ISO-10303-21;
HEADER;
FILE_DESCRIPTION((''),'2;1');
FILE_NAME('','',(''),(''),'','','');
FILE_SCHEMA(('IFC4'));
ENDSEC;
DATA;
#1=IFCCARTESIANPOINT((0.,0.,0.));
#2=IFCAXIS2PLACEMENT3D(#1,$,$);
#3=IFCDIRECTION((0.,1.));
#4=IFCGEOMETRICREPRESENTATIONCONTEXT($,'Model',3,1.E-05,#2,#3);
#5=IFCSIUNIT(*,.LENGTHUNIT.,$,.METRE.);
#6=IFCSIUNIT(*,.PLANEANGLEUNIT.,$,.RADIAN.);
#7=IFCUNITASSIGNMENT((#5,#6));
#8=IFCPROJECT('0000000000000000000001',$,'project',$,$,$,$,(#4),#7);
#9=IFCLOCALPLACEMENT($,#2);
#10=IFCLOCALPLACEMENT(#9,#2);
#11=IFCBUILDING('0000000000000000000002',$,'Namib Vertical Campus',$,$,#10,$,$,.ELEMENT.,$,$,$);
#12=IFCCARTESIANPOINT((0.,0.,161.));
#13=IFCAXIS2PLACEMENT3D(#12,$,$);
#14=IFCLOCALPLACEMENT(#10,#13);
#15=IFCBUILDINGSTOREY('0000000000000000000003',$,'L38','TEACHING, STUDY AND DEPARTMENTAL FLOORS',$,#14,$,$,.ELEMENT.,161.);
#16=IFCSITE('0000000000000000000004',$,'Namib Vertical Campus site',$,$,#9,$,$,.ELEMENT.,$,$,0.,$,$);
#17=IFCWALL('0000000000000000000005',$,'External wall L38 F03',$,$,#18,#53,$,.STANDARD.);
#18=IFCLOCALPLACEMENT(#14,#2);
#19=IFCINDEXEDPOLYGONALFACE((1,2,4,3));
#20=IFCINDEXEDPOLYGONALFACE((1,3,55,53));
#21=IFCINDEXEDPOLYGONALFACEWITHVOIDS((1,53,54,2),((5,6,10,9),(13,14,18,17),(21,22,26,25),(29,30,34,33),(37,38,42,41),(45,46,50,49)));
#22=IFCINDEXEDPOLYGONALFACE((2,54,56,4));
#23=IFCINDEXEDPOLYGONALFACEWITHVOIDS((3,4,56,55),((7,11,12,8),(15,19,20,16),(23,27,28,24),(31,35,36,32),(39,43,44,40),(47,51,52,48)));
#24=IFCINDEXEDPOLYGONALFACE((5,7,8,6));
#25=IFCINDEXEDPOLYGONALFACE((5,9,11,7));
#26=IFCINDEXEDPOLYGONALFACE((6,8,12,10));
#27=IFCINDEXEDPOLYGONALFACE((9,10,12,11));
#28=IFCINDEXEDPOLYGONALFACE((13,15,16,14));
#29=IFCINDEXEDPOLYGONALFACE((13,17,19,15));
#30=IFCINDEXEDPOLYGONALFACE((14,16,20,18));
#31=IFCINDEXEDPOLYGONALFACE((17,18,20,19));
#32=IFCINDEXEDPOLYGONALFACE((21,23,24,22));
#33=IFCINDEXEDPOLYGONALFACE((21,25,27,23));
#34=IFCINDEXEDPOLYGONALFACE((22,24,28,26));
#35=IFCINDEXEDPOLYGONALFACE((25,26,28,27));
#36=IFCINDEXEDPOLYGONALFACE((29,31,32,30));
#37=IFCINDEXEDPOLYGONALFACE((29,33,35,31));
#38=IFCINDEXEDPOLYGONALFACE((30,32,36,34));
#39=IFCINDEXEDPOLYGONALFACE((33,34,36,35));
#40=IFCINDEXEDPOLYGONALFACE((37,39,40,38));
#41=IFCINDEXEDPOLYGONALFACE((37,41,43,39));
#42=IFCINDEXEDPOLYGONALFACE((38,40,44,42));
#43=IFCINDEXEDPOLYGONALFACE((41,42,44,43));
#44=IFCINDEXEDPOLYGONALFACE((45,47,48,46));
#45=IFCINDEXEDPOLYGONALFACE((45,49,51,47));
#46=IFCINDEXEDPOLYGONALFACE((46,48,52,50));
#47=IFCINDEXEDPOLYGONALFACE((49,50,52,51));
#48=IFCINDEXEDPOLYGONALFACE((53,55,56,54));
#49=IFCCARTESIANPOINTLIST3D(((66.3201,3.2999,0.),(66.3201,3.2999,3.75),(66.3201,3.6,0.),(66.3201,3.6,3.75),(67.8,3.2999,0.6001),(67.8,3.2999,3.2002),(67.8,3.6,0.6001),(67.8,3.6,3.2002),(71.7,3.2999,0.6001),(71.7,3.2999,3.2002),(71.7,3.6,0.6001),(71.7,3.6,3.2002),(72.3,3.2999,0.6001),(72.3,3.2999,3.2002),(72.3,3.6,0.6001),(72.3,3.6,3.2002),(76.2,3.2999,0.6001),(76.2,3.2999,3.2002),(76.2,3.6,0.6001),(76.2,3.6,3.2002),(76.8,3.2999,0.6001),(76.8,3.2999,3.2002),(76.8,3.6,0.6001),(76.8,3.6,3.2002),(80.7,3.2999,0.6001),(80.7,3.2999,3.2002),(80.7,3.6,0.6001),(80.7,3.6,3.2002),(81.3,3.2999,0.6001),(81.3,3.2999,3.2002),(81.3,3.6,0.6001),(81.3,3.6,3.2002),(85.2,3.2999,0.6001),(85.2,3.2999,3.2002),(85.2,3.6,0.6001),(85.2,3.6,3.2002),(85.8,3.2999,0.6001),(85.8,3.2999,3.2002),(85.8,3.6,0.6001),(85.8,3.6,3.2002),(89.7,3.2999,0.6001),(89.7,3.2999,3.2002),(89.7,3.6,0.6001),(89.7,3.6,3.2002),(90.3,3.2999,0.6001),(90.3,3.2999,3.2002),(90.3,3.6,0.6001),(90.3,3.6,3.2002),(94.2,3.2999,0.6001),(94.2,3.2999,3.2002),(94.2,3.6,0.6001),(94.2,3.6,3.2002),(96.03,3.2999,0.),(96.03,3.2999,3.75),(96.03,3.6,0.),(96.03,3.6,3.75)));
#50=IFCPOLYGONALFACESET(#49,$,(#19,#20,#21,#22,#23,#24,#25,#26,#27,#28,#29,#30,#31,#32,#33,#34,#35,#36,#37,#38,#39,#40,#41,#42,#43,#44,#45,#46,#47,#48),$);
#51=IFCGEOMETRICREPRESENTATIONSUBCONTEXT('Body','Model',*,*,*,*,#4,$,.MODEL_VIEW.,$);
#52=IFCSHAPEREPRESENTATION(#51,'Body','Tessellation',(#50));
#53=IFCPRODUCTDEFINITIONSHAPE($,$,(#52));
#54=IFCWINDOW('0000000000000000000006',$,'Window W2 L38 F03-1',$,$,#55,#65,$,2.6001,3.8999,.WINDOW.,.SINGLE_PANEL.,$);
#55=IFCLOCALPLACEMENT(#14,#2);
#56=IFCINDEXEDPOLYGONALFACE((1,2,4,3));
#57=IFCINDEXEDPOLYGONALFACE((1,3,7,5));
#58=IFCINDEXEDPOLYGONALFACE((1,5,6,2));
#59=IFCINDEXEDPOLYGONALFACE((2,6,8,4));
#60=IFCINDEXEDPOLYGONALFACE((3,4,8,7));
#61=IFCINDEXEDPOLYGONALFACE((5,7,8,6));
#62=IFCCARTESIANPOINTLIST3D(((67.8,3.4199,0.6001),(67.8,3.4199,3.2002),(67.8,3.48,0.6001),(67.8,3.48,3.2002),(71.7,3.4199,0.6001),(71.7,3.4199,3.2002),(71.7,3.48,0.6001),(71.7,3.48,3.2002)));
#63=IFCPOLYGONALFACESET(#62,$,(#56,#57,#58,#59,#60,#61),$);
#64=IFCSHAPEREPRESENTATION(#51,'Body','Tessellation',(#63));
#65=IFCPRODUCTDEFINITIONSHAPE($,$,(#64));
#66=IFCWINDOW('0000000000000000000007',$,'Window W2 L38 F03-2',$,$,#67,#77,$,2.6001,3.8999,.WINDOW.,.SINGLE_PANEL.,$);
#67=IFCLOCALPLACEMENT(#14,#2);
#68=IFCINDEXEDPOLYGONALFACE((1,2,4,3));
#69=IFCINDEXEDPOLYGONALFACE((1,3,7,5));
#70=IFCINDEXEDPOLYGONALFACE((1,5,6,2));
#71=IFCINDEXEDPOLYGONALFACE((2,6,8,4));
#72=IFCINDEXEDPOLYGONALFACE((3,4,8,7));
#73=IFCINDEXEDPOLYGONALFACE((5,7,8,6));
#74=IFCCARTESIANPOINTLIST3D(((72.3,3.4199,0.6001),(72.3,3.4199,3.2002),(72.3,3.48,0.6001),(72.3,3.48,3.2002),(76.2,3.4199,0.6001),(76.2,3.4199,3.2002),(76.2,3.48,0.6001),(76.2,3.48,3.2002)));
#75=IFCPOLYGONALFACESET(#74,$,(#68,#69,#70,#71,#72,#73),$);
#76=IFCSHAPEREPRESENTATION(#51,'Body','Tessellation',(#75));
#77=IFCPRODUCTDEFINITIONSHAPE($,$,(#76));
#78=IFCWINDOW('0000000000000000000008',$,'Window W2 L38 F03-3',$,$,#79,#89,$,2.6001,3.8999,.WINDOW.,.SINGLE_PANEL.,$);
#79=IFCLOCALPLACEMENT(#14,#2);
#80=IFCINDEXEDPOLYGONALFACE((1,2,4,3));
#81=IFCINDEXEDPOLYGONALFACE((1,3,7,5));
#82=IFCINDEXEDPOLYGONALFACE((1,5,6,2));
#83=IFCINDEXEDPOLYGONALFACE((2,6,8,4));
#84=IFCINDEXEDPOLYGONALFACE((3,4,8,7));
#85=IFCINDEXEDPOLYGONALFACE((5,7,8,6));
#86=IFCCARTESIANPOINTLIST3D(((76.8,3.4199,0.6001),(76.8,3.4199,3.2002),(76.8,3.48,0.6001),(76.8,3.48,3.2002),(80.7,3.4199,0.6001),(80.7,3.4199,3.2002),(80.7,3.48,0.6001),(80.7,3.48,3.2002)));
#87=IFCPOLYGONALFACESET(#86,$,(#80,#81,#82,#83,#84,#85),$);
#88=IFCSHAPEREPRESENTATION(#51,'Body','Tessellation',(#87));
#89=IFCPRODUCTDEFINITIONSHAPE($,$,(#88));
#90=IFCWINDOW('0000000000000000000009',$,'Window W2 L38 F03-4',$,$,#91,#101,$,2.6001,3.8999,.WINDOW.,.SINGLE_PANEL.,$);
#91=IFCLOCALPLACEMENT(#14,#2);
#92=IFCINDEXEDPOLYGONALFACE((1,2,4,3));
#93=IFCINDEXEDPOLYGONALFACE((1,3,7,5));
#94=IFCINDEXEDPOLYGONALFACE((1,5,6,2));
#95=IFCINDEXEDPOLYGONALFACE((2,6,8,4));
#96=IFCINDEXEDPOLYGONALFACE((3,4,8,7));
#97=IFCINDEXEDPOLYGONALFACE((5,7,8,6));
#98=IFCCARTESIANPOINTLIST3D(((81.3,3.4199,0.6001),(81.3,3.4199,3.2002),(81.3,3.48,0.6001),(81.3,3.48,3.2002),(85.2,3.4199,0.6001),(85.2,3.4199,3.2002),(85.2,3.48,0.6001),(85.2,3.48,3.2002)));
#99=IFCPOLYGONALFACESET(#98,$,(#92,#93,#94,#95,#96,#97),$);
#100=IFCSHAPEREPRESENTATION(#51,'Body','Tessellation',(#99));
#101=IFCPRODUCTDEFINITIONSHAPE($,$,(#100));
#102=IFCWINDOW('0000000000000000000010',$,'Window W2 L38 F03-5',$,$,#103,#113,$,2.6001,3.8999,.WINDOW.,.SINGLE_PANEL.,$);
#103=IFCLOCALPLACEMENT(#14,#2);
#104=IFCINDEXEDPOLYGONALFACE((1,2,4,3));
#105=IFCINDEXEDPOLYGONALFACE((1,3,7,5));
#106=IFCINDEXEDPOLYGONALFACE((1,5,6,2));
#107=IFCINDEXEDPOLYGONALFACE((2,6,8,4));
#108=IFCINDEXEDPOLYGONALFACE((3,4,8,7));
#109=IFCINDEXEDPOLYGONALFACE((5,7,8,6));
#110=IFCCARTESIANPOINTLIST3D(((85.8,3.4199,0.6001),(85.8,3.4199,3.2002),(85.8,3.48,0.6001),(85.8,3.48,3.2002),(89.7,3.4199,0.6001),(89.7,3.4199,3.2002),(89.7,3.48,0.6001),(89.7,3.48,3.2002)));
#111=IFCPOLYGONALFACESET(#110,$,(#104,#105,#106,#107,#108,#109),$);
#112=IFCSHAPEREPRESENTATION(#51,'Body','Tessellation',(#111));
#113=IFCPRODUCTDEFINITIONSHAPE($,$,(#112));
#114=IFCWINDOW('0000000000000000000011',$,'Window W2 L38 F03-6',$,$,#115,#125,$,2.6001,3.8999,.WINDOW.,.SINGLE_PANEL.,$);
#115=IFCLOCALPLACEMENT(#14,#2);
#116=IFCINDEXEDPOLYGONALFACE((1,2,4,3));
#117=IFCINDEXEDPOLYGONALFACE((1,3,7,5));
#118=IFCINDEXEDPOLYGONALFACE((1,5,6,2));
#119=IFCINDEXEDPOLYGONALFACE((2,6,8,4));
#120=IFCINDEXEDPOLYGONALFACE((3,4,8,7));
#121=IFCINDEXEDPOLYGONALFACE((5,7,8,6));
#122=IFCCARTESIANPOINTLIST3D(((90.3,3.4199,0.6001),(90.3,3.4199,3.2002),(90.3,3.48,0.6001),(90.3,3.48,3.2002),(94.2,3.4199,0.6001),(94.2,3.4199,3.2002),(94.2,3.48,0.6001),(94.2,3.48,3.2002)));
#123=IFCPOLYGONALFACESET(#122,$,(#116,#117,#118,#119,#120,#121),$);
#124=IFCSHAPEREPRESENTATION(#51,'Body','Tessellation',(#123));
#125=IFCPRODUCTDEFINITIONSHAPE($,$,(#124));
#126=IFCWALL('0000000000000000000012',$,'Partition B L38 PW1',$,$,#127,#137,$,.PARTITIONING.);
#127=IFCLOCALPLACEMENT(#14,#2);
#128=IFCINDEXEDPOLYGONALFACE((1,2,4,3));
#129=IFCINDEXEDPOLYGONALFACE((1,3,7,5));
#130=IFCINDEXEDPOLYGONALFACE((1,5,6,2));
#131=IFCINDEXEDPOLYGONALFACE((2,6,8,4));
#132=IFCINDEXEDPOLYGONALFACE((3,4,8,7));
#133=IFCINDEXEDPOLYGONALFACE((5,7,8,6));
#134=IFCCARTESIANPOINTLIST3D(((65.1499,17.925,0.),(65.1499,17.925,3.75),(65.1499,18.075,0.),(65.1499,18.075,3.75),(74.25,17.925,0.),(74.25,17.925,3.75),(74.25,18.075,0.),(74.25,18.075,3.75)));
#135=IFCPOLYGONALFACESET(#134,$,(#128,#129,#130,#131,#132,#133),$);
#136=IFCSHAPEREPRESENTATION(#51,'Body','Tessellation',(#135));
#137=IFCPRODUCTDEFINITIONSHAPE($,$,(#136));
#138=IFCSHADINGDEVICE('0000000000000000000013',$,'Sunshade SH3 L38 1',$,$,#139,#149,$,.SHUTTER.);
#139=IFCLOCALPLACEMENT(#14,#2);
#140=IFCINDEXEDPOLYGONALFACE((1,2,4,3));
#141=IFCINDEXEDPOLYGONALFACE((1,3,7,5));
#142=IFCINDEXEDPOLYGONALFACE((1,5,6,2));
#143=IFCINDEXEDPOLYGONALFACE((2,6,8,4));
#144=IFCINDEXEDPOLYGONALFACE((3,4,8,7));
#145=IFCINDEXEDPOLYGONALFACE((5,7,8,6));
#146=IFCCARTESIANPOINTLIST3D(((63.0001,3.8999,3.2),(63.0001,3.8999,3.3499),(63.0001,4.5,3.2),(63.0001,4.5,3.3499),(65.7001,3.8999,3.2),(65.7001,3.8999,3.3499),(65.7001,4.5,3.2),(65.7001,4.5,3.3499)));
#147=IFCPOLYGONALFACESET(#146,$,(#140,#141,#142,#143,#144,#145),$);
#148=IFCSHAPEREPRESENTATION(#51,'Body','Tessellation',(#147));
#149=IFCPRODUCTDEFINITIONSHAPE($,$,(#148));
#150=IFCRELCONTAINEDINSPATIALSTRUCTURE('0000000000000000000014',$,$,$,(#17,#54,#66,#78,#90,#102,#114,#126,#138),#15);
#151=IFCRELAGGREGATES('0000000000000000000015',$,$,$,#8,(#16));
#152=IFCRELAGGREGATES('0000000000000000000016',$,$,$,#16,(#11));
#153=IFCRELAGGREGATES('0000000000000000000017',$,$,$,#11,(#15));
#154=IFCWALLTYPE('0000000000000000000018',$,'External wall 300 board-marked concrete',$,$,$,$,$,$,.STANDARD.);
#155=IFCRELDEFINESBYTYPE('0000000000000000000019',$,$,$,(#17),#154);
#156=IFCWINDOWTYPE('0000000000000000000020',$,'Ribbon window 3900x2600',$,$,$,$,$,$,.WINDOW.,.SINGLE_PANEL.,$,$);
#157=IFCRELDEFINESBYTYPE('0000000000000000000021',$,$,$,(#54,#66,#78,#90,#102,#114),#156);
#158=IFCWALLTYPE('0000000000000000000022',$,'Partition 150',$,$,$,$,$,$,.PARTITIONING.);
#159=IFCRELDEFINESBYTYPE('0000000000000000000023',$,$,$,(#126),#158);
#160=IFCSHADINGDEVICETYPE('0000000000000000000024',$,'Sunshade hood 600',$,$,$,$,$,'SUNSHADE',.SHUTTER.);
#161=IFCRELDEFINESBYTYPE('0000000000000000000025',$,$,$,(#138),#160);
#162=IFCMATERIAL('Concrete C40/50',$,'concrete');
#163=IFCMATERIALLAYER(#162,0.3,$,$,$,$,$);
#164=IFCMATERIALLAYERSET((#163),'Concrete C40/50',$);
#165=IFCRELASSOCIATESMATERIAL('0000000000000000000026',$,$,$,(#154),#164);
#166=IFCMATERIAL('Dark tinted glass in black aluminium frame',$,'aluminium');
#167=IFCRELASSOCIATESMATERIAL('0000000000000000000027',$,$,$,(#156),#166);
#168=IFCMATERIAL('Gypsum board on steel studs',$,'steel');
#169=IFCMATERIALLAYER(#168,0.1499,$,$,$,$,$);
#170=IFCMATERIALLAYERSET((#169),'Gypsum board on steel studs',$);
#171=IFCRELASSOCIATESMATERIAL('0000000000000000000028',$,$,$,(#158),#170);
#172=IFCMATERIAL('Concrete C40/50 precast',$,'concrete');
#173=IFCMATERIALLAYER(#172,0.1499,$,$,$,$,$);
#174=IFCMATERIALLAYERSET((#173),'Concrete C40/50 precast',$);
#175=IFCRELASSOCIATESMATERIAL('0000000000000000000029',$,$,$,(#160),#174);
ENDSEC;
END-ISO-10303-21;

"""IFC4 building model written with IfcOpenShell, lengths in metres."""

from ifc_helpers import new_model, si_unit, direction, frame, frame_2d, origin, origin_2d, place, context, subcontext, project, spatial, rectangle, extrude, material, layer, layer_set, type_object, element, fill, save


model = new_model("IFC4")

# Units and contexts
model_context = context("Model", 3, precision=1e-05, world=origin(), true_north=direction((0.0, 1.0)))
body_context = subcontext(model_context, "Body", "Model", "MODEL_VIEW")
ifc_project = project(units=[si_unit("LENGTHUNIT", "METRE"), si_unit("PLANEANGLEUNIT", "RADIAN")], contexts=[model_context])

# Site, building, storey
site_placement = place(None, origin())
site = spatial("IfcSite", under=ifc_project, at=site_placement, Name="Namib Vertical Campus site", CompositionType="ELEMENT", RefElevation=0.0)
building_placement = place(site_placement, origin())
building = spatial("IfcBuilding", under=site, at=building_placement, Name="Namib Vertical Campus", CompositionType="ELEMENT")
storey_placement = place(building_placement, frame((0.0, 0.0, 161.0)))
storey = spatial("IfcBuildingStorey", under=building, at=storey_placement, Name="L38", Description="TEACHING, STUDY AND DEPARTMENTAL FLOORS", CompositionType="ELEMENT", Elevation=161.0)

# Shared definitions
ifc_material_1 = material(Name="Concrete C40/50", Category="concrete")
ifc_layer_1 = layer(ifc_material_1, 0.3)
ifc_layer_set_1 = layer_set([ifc_layer_1], Name="Concrete C40/50")
wall_type_1 = type_object("IfcWallType", Name="External wall 300 board-marked concrete", PredefinedType="STANDARD", material=ifc_layer_set_1)

# Wall, openings, windows
wall_1_placement = place(storey_placement, frame((66.3201, 3.45, 0.0), z_axis=(0.0, 0.0, 1.0), x_axis=(1.0, 0.0, 0.0)))
wall_1 = element("IfcWall", 1, at=wall_1_placement, inside=storey, type_object=wall_type_1, Name="External wall L38 F03", PredefinedType="STANDARD", context=body_context, shape_type="SweptSolid", body=[
    extrude(rectangle(XDim=29.71, YDim=0.3, at=frame_2d((14.855, 0.0))), origin(), (0.0, 0.0, 1.0), 3.75),
])
opening_1_placement = place(wall_1_placement, frame((1.48, 0.0, 0.6001)))
opening_1 = element("IfcOpeningElement", 2, at=opening_1_placement, cuts=wall_1, PredefinedType="OPENING", context=body_context, shape_type="SweptSolid", body=[
    extrude(rectangle(XDim=3.8999, YDim=2.6001, at=frame_2d((1.95, 1.3))), frame((0.0, 0.1599, 0.0), z_axis=(0.0, -1.0, 0.0), x_axis=(1.0, 0.0, 0.0)), (0.0, 0.0, 1.0), 0.3201),
])
opening_2_placement = place(wall_1_placement, frame((5.98, 0.0, 0.6001)))
opening_2 = element("IfcOpeningElement", 3, at=opening_2_placement, cuts=wall_1, PredefinedType="OPENING", context=body_context, shape_type="SweptSolid", body=[
    extrude(rectangle(XDim=3.8999, YDim=2.6001, at=frame_2d((1.95, 1.3))), frame((0.0, 0.1599, 0.0), z_axis=(0.0, -1.0, 0.0), x_axis=(1.0, 0.0, 0.0)), (0.0, 0.0, 1.0), 0.3201),
])
opening_3_placement = place(wall_1_placement, frame((10.48, 0.0, 0.6001)))
opening_3 = element("IfcOpeningElement", 4, at=opening_3_placement, cuts=wall_1, PredefinedType="OPENING", context=body_context, shape_type="SweptSolid", body=[
    extrude(rectangle(XDim=3.8999, YDim=2.6001, at=frame_2d((1.95, 1.3))), frame((0.0, 0.1599, 0.0), z_axis=(0.0, -1.0, 0.0), x_axis=(1.0, 0.0, 0.0)), (0.0, 0.0, 1.0), 0.3201),
])
opening_4_placement = place(wall_1_placement, frame((14.98, 0.0, 0.6001)))
opening_4 = element("IfcOpeningElement", 5, at=opening_4_placement, cuts=wall_1, PredefinedType="OPENING", context=body_context, shape_type="SweptSolid", body=[
    extrude(rectangle(XDim=3.8999, YDim=2.6001, at=frame_2d((1.95, 1.3))), frame((0.0, 0.1599, 0.0), z_axis=(0.0, -1.0, 0.0), x_axis=(1.0, 0.0, 0.0)), (0.0, 0.0, 1.0), 0.3201),
])
opening_5_placement = place(wall_1_placement, frame((19.48, 0.0, 0.6001)))
opening_5 = element("IfcOpeningElement", 6, at=opening_5_placement, cuts=wall_1, PredefinedType="OPENING", context=body_context, shape_type="SweptSolid", body=[
    extrude(rectangle(XDim=3.8999, YDim=2.6001, at=frame_2d((1.95, 1.3))), frame((0.0, 0.1599, 0.0), z_axis=(0.0, -1.0, 0.0), x_axis=(1.0, 0.0, 0.0)), (0.0, 0.0, 1.0), 0.3201),
])
opening_6_placement = place(wall_1_placement, frame((23.98, 0.0, 0.6001)))
opening_6 = element("IfcOpeningElement", 7, at=opening_6_placement, cuts=wall_1, PredefinedType="OPENING", context=body_context, shape_type="SweptSolid", body=[
    extrude(rectangle(XDim=3.8999, YDim=2.6001, at=frame_2d((1.95, 1.3))), frame((0.0, 0.1599, 0.0), z_axis=(0.0, -1.0, 0.0), x_axis=(1.0, 0.0, 0.0)), (0.0, 0.0, 1.0), 0.3201),
])
ifc_material_2 = material(Name="Dark tinted glass in black aluminium frame", Category="aluminium")
window_type = type_object("IfcWindowType", Name="Ribbon window 3900x2600", PartitioningType="SINGLE_PANEL", PredefinedType="WINDOW", material=ifc_material_2)
window_1_placement = place(opening_1_placement, origin())
window_1 = element("IfcWindow", 8, at=window_1_placement, inside=storey, type_object=window_type, Name="Window W2 L38 F03-1", OverallHeight=2.6001, OverallWidth=3.8999, PartitioningType="SINGLE_PANEL", PredefinedType="WINDOW", context=body_context, shape_type="SweptSolid", body=[
    extrude(rectangle(XDim=3.8999, YDim=2.6001, at=frame_2d((1.95, 1.3))), frame((0.0, 0.03, 0.0), z_axis=(0.0, -1.0, 0.0), x_axis=(1.0, 0.0, 0.0)), (0.0, 0.0, 1.0), 0.0601),
])
fill(opening_1, window_1)
window_2_placement = place(opening_2_placement, origin())
window_2 = element("IfcWindow", 9, at=window_2_placement, inside=storey, type_object=window_type, Name="Window W2 L38 F03-2", OverallHeight=2.6001, OverallWidth=3.8999, PartitioningType="SINGLE_PANEL", PredefinedType="WINDOW", context=body_context, shape_type="SweptSolid", body=[
    extrude(rectangle(XDim=3.8999, YDim=2.6001, at=frame_2d((1.95, 1.3))), frame((0.0, 0.03, 0.0), z_axis=(0.0, -1.0, 0.0), x_axis=(1.0, 0.0, 0.0)), (0.0, 0.0, 1.0), 0.0601),
])
fill(opening_2, window_2)
window_3_placement = place(opening_3_placement, origin())
window_3 = element("IfcWindow", 10, at=window_3_placement, inside=storey, type_object=window_type, Name="Window W2 L38 F03-3", OverallHeight=2.6001, OverallWidth=3.8999, PartitioningType="SINGLE_PANEL", PredefinedType="WINDOW", context=body_context, shape_type="SweptSolid", body=[
    extrude(rectangle(XDim=3.8999, YDim=2.6001, at=frame_2d((1.95, 1.3))), frame((0.0, 0.03, 0.0), z_axis=(0.0, -1.0, 0.0), x_axis=(1.0, 0.0, 0.0)), (0.0, 0.0, 1.0), 0.0601),
])
fill(opening_3, window_3)
window_4_placement = place(opening_4_placement, origin())
window_4 = element("IfcWindow", 11, at=window_4_placement, inside=storey, type_object=window_type, Name="Window W2 L38 F03-4", OverallHeight=2.6001, OverallWidth=3.8999, PartitioningType="SINGLE_PANEL", PredefinedType="WINDOW", context=body_context, shape_type="SweptSolid", body=[
    extrude(rectangle(XDim=3.8999, YDim=2.6001, at=frame_2d((1.95, 1.3))), frame((0.0, 0.03, 0.0), z_axis=(0.0, -1.0, 0.0), x_axis=(1.0, 0.0, 0.0)), (0.0, 0.0, 1.0), 0.0601),
])
fill(opening_4, window_4)
window_5_placement = place(opening_5_placement, origin())
window_5 = element("IfcWindow", 12, at=window_5_placement, inside=storey, type_object=window_type, Name="Window W2 L38 F03-5", OverallHeight=2.6001, OverallWidth=3.8999, PartitioningType="SINGLE_PANEL", PredefinedType="WINDOW", context=body_context, shape_type="SweptSolid", body=[
    extrude(rectangle(XDim=3.8999, YDim=2.6001, at=frame_2d((1.95, 1.3))), frame((0.0, 0.03, 0.0), z_axis=(0.0, -1.0, 0.0), x_axis=(1.0, 0.0, 0.0)), (0.0, 0.0, 1.0), 0.0601),
])
fill(opening_5, window_5)
window_6_placement = place(opening_6_placement, origin())
window_6 = element("IfcWindow", 13, at=window_6_placement, inside=storey, type_object=window_type, Name="Window W2 L38 F03-6", OverallHeight=2.6001, OverallWidth=3.8999, PartitioningType="SINGLE_PANEL", PredefinedType="WINDOW", context=body_context, shape_type="SweptSolid", body=[
    extrude(rectangle(XDim=3.8999, YDim=2.6001, at=frame_2d((1.95, 1.3))), frame((0.0, 0.03, 0.0), z_axis=(0.0, -1.0, 0.0), x_axis=(1.0, 0.0, 0.0)), (0.0, 0.0, 1.0), 0.0601),
])
fill(opening_6, window_6)

# Wall
ifc_material_3 = material(Name="Gypsum board on steel studs", Category="steel")
ifc_layer_2 = layer(ifc_material_3, 0.1499)
ifc_layer_set_2 = layer_set([ifc_layer_2], Name="Gypsum board on steel studs")
wall_type_2 = type_object("IfcWallType", Name="Partition 150", PredefinedType="PARTITIONING", material=ifc_layer_set_2)
wall_2_placement = place(storey_placement, frame((65.1499, 18.0, 0.0), z_axis=(0.0, 0.0, 1.0), x_axis=(1.0, 0.0, 0.0)))
element("IfcWall", 14, at=wall_2_placement, inside=storey, type_object=wall_type_2, Name="Partition B L38 PW1", PredefinedType="PARTITIONING", context=body_context, shape_type="SweptSolid", body=[
    extrude(rectangle(XDim=9.1001, YDim=0.1499, at=frame_2d((4.55, 0.0))), origin(), (0.0, 0.0, 1.0), 3.75),
])

# Shading device
ifc_material_4 = material(Name="Concrete C40/50 precast", Category="concrete")
ifc_layer_3 = layer(ifc_material_4, 0.1499)
ifc_layer_set_3 = layer_set([ifc_layer_3], Name="Concrete C40/50 precast")
shading_device_type = type_object("IfcShadingDeviceType", Name="Sunshade hood 600", ElementType="SUNSHADE", PredefinedType="SHUTTER", material=ifc_layer_set_3)
shading_device_placement = place(storey_placement, frame((64.3501, 4.2, 3.2), z_axis=(0.0, 0.0, 1.0), x_axis=(1.0, 0.0, 0.0)))
element("IfcShadingDevice", 15, at=shading_device_placement, inside=storey, type_object=shading_device_type, Name="Sunshade SH3 L38 1", PredefinedType="SHUTTER", context=body_context, shape_type="SweptSolid", body=[
    extrude(rectangle(XDim=2.7, YDim=0.6001, at=origin_2d()), origin(), (0.0, 0.0, 1.0), 0.1499),
])

save(model, "model.ifc")
